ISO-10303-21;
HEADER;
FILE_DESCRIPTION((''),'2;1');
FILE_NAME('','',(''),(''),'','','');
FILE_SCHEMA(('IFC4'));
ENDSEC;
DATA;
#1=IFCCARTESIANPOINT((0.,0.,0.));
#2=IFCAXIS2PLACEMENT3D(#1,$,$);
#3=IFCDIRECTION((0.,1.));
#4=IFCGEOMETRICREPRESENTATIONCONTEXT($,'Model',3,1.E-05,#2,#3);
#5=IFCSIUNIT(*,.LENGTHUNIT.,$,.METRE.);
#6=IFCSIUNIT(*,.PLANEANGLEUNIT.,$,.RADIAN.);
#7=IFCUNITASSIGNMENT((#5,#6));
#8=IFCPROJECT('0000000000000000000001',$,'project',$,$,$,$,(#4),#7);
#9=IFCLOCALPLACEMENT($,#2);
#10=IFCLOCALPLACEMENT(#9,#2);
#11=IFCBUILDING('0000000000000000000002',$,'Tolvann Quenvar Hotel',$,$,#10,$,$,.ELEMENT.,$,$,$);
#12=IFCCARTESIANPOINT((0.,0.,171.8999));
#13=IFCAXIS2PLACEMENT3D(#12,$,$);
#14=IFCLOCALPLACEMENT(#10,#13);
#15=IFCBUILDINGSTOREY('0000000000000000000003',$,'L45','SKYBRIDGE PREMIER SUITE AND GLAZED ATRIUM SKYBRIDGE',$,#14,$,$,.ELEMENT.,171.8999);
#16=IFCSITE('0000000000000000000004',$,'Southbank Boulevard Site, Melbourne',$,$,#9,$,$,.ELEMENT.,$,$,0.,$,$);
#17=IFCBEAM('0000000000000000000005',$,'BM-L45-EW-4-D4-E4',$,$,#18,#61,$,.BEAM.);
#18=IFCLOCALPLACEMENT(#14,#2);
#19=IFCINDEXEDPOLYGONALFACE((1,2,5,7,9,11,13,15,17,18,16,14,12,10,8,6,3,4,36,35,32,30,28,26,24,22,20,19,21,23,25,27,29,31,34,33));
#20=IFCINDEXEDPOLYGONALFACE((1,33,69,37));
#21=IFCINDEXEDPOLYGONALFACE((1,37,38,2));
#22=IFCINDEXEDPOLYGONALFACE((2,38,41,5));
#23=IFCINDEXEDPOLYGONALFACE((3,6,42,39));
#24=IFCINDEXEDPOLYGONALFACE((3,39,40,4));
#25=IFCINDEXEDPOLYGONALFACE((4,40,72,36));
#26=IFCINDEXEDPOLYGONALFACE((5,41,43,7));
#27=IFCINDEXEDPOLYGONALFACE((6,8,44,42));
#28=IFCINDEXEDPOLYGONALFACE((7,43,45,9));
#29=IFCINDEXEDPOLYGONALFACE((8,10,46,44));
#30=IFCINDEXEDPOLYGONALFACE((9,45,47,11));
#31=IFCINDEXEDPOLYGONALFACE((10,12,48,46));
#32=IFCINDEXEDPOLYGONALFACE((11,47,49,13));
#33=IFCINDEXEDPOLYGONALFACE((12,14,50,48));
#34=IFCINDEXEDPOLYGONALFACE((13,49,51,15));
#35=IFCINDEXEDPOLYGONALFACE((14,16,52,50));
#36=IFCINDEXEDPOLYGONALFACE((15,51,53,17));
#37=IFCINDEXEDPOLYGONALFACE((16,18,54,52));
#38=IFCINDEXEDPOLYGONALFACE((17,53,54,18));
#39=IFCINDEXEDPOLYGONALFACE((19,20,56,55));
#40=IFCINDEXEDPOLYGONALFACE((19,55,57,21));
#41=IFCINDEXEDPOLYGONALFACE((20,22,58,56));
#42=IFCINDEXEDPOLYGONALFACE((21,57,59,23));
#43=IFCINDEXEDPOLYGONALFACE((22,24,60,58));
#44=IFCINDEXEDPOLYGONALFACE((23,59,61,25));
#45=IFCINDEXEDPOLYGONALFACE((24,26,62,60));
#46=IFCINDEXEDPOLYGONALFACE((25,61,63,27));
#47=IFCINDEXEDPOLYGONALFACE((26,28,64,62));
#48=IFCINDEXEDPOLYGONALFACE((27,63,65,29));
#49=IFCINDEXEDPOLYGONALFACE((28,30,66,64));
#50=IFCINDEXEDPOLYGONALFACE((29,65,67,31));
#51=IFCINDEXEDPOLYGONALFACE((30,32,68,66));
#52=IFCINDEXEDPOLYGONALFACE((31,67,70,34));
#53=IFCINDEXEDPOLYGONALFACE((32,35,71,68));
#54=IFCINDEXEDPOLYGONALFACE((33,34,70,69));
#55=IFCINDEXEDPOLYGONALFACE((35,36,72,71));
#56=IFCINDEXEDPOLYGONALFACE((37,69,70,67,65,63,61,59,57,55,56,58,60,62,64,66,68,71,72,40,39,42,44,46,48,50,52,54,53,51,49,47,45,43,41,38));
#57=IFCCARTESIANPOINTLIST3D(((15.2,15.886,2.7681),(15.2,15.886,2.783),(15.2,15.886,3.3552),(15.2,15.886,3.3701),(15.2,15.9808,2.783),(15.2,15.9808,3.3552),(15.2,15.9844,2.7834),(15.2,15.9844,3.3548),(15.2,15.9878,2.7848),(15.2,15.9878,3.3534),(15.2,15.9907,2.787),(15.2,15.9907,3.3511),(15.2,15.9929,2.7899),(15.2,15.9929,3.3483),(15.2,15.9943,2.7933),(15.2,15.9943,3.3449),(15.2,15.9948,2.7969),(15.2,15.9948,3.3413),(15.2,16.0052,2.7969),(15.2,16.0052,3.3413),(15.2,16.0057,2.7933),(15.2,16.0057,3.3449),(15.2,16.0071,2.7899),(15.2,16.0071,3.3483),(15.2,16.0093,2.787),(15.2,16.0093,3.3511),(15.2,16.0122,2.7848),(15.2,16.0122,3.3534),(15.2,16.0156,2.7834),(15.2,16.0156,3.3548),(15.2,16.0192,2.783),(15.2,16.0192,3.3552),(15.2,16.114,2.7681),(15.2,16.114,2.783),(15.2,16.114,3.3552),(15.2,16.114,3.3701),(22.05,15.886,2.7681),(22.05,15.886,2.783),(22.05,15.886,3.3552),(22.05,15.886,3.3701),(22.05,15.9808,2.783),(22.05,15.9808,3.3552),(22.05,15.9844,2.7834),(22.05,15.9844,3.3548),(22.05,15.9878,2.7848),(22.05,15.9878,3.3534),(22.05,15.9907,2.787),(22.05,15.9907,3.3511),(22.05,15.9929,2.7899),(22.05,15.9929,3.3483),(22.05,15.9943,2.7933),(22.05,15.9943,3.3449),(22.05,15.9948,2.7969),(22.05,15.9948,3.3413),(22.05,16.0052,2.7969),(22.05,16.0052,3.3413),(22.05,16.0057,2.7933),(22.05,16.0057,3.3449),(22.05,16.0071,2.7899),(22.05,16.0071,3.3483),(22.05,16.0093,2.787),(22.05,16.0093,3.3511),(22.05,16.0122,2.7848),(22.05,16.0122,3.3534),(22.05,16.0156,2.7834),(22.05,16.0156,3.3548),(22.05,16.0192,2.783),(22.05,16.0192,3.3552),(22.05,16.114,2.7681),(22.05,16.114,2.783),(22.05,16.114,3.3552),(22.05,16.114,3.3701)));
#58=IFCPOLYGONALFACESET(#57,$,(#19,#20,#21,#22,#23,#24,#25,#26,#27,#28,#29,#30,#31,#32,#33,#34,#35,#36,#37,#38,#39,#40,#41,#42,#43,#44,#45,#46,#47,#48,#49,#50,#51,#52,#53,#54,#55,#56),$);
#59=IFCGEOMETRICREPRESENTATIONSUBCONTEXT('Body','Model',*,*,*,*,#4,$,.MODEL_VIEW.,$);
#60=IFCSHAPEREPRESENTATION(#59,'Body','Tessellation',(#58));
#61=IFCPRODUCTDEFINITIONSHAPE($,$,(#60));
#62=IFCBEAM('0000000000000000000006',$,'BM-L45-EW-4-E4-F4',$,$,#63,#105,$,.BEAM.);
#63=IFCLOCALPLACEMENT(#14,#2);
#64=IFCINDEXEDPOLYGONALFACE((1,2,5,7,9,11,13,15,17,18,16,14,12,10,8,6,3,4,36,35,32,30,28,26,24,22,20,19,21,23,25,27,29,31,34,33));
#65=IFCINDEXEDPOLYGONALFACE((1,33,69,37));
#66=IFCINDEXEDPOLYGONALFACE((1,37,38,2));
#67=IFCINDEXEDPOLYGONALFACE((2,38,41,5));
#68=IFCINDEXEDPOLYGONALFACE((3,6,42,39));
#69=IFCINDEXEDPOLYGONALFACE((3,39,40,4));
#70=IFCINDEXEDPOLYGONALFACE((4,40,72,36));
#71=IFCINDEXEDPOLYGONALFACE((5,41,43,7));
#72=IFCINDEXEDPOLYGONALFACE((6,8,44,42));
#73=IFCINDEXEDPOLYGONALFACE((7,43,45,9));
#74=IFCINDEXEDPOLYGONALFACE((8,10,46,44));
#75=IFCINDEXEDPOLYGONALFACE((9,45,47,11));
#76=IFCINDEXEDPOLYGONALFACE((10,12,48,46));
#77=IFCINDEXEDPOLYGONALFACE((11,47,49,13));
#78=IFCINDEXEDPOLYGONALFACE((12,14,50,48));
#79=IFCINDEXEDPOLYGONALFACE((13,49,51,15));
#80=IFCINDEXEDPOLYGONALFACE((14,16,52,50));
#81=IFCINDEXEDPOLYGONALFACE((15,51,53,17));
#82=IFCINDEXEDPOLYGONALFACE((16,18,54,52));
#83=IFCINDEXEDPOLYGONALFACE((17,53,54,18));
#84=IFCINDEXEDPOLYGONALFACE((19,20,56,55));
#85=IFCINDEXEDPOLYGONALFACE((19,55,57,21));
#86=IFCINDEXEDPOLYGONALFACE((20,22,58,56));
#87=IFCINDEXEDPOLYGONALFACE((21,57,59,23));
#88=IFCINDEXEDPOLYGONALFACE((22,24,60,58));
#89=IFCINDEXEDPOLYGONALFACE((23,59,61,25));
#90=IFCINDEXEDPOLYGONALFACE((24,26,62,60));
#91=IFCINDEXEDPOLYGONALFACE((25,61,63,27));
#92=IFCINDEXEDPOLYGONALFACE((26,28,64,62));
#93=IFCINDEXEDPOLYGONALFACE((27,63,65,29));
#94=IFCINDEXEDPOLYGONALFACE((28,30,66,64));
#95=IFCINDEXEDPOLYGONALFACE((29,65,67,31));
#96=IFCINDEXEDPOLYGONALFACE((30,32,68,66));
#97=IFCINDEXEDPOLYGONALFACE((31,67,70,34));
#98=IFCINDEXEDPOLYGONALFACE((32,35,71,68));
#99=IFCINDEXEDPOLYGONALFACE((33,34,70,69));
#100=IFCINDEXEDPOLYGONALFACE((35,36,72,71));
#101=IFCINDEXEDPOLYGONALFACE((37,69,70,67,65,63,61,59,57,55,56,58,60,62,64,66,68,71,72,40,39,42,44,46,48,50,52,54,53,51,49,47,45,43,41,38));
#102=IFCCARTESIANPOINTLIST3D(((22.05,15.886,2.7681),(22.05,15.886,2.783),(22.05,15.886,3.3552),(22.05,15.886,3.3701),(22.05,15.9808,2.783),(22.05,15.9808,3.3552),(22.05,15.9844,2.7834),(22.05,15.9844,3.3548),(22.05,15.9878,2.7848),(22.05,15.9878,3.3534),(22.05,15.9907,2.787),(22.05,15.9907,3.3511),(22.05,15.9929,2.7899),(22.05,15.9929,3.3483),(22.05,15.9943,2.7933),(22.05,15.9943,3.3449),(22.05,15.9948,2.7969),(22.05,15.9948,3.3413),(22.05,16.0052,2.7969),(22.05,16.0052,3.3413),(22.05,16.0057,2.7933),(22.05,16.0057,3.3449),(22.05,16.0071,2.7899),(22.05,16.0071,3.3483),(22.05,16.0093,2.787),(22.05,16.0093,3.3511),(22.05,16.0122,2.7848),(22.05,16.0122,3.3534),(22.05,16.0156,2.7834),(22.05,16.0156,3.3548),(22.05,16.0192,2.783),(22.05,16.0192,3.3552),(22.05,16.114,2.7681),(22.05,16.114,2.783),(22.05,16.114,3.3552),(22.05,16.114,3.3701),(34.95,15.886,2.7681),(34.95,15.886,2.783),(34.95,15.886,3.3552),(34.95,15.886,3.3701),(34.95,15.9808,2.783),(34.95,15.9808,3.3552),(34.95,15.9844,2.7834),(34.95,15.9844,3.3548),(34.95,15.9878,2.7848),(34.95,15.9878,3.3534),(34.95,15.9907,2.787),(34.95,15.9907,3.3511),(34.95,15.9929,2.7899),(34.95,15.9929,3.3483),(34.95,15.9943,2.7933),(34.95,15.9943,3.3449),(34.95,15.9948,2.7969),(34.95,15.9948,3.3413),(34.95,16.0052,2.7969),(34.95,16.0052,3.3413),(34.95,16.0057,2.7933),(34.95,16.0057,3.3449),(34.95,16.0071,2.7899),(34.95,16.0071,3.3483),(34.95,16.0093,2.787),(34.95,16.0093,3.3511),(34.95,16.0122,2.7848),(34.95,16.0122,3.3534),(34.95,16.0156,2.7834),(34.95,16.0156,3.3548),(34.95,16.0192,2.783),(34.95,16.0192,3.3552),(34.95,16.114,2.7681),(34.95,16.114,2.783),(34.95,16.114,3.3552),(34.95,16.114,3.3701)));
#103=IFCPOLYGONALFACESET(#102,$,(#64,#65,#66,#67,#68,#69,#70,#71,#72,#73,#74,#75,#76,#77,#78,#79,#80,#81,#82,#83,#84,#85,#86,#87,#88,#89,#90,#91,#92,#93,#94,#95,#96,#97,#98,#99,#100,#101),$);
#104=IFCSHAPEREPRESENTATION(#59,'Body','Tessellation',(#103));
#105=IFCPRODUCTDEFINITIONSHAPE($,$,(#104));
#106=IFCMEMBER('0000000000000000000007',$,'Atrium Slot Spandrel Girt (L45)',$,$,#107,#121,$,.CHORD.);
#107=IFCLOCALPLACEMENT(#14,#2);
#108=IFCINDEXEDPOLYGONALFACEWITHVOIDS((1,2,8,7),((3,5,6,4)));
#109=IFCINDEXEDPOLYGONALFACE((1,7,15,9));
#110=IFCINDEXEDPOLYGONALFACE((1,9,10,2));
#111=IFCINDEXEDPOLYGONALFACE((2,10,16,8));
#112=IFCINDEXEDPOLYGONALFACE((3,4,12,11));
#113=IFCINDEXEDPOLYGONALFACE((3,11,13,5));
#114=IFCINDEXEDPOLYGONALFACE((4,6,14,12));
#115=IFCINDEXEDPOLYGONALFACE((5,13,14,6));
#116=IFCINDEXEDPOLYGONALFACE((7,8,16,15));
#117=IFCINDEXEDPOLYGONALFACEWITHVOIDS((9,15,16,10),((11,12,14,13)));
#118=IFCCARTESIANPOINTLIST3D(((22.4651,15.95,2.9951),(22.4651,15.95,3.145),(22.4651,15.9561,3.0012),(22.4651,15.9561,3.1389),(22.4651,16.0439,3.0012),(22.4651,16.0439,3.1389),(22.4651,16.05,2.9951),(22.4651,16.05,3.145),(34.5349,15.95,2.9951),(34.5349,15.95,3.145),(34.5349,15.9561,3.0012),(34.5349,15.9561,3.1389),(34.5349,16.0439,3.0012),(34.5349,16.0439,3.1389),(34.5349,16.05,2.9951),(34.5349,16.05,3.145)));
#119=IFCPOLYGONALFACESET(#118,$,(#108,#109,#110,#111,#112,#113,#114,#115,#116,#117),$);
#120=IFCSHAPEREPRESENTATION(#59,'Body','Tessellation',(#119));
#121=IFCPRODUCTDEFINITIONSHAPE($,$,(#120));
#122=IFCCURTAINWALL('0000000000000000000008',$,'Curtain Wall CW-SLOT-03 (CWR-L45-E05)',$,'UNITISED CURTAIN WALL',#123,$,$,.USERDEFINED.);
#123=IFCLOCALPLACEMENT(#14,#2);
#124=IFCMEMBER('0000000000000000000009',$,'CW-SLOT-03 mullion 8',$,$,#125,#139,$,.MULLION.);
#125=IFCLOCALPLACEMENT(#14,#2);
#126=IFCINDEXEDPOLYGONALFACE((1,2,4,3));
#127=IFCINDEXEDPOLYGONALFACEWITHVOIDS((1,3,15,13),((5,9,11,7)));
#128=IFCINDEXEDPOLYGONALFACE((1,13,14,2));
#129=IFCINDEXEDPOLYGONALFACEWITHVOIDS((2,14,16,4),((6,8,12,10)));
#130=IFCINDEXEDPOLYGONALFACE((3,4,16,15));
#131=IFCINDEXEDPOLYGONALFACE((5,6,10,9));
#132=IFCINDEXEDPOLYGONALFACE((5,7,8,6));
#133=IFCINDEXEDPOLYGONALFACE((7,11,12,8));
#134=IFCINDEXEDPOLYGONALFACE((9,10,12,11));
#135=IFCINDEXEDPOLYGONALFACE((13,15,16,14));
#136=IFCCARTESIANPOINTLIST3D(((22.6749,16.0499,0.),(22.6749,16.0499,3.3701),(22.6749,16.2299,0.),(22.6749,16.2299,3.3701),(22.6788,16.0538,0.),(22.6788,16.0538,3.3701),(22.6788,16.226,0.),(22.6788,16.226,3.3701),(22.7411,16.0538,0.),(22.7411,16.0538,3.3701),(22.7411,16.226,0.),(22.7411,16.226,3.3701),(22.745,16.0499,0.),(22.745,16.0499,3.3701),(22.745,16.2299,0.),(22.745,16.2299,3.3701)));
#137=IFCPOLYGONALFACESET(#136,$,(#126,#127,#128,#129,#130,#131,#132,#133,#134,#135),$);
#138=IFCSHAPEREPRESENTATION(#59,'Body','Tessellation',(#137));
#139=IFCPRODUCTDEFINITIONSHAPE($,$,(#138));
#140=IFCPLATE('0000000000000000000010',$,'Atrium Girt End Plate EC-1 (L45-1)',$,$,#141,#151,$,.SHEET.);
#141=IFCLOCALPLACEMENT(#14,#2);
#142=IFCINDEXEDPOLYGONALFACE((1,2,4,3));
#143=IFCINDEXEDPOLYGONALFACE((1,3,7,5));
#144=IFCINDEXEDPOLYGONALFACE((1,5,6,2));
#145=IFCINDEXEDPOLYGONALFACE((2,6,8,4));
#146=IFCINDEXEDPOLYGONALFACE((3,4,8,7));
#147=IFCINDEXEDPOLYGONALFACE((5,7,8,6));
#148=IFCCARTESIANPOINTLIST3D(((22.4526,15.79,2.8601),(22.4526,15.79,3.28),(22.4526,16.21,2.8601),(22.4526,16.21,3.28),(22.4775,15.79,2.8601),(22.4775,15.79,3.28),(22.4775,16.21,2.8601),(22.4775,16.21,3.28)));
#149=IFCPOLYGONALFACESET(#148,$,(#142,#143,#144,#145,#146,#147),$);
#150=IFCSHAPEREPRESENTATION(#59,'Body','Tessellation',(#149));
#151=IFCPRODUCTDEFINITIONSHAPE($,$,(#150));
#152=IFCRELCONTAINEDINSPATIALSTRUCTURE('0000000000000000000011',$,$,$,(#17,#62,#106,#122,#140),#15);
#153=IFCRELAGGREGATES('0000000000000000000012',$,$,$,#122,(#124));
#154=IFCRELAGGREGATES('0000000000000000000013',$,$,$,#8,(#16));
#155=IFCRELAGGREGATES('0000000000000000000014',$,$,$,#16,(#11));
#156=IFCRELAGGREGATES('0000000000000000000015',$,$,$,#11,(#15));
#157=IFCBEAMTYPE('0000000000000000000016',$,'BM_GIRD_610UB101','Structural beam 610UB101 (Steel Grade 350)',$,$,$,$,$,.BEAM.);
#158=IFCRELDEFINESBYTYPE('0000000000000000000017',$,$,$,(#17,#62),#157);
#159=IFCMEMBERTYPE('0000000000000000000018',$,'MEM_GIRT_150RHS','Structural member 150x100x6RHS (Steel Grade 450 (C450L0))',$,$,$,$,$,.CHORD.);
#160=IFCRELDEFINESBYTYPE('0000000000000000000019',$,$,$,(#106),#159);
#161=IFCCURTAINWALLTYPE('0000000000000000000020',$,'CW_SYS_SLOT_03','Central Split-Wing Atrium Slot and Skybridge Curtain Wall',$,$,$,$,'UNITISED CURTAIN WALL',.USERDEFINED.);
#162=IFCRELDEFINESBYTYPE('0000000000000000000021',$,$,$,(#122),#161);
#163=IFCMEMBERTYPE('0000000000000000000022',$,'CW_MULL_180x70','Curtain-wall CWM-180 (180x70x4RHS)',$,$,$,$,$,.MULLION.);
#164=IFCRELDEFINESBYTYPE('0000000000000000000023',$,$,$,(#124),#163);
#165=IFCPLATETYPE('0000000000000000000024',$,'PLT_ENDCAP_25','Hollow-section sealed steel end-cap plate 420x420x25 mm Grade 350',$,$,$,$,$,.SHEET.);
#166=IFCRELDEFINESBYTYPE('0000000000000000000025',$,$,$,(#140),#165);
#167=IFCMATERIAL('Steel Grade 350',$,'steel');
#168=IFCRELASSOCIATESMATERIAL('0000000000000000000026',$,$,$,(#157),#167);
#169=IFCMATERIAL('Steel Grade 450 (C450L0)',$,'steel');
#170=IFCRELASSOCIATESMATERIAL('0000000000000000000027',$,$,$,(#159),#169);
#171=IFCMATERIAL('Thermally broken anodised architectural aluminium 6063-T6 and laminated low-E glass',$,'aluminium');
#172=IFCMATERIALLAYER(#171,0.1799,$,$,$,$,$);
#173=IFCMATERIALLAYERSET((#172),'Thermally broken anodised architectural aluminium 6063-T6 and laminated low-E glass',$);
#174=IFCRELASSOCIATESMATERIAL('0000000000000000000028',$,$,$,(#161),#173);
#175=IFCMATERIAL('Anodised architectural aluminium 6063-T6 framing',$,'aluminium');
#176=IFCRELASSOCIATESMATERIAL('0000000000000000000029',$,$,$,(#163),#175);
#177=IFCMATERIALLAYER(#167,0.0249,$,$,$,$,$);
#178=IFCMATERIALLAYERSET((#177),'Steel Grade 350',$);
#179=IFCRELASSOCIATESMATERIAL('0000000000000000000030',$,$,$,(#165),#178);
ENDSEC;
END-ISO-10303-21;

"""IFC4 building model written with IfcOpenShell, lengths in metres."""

from ifc_helpers import new_model, si_unit, direction, frame, origin, origin_2d, place, context, subcontext, project, spatial, rectangle, hollow_rectangle, i_section, extrude, source, transform, mapped, material, layer, layer_set, material_profile, profile_set, type_object, type_shapes, element, aggregate, save


model = new_model("IFC4")

# Units and contexts
model_context = context("Model", 3, precision=1e-05, world=origin(), true_north=direction((0.0, 1.0)))
body_context = subcontext(model_context, "Body", "Model", "MODEL_VIEW")
ifc_project = project(units=[si_unit("LENGTHUNIT", "METRE"), si_unit("PLANEANGLEUNIT", "RADIAN")], contexts=[model_context])

# Site, building, storey
site_placement = place(None, origin())
site = spatial("IfcSite", under=ifc_project, at=site_placement, Name="Southbank Boulevard Site, Melbourne", CompositionType="ELEMENT", RefElevation=0.0)
building_placement = place(site_placement, origin())
building = spatial("IfcBuilding", under=site, at=building_placement, Name="Tolvann Quenvar Hotel", CompositionType="ELEMENT")
storey_placement = place(building_placement, frame((0.0, 0.0, 171.8999)))
storey = spatial("IfcBuildingStorey", under=building, at=storey_placement, Name="L45", Description="SKYBRIDGE PREMIER SUITE AND GLAZED ATRIUM SKYBRIDGE", CompositionType="ELEMENT", Elevation=171.8999)

# Beams
ifc_material_1 = material(Name="Steel Grade 350", Category="steel")
ifc_material_profile_1 = material_profile(ifc_material_1, i_section(OverallWidth=0.228, OverallDepth=0.6021, WebThickness=0.0105, FlangeThickness=0.0149, FilletRadius=0.0139, at=origin_2d()), Name="610UB101")
ifc_profile_set_1 = profile_set([ifc_material_profile_1], Name="Steel Grade 350")
beam_type_1 = type_object("IfcBeamType", Name="BM_GIRD_610UB101", Description="Structural beam 610UB101 (Steel Grade 350)", PredefinedType="BEAM", material=ifc_profile_set_1)
shared_shape_1 = source(origin(), body_context, "Body", "SweptSolid", [
    extrude(i_section(OverallWidth=0.228, OverallDepth=0.6021, WebThickness=0.0105, FlangeThickness=0.0149, FilletRadius=0.0139, at=origin_2d()), origin(), (0.0, 0.0, 1.0), 6.8501),
])
beam_1_placement = place(storey_placement, frame((15.2, 16.0, 3.0691), z_axis=(1.0, 0.0, 0.0), x_axis=(0.0, 1.0, 0.0)))
element("IfcBeam", 1, at=beam_1_placement, inside=storey, type_object=beam_type_1, Name="BM-L45-EW-4-D4-E4", PredefinedType="BEAM", context=body_context, shape_type="MappedRepresentation", body=[
    mapped(shared_shape_1, transform((0.0, 0.0, 0.0), x_axis=(1.0, 0.0, 0.0), y_axis=(0.0, 1.0, 0.0), z_axis=(0.0, 0.0, 1.0), scale=1.0)),
])
shared_shape_2 = source(origin(), body_context, "Body", "SweptSolid", [
    extrude(i_section(OverallWidth=0.228, OverallDepth=0.6021, WebThickness=0.0105, FlangeThickness=0.0149, FilletRadius=0.0139, at=origin_2d()), origin(), (0.0, 0.0, 1.0), 12.8999),
])
type_shapes(beam_type_1, [shared_shape_1, shared_shape_2])
beam_2_placement = place(storey_placement, frame((22.05, 16.0, 3.0691), z_axis=(1.0, 0.0, 0.0), x_axis=(0.0, 1.0, 0.0)))
element("IfcBeam", 2, at=beam_2_placement, inside=storey, type_object=beam_type_1, Name="BM-L45-EW-4-E4-F4", PredefinedType="BEAM", context=body_context, shape_type="MappedRepresentation", body=[
    mapped(shared_shape_2, transform((0.0, 0.0, 0.0), x_axis=(1.0, 0.0, 0.0), y_axis=(0.0, 1.0, 0.0), z_axis=(0.0, 0.0, 1.0), scale=1.0)),
])

# Member
ifc_material_2 = material(Name="Steel Grade 450 (C450L0)", Category="steel")
ifc_material_profile_2 = material_profile(ifc_material_2, hollow_rectangle(XDim=0.1001, YDim=0.1499, WallThickness=0.0061, at=origin_2d()), Name="150x100x6RHS")
ifc_profile_set_2 = profile_set([ifc_material_profile_2], Name="Steel Grade 450 (C450L0)")
member_type_1 = type_object("IfcMemberType", Name="MEM_GIRT_150RHS", Description="Structural member 150x100x6RHS (Steel Grade 450 (C450L0))", PredefinedType="CHORD", material=ifc_profile_set_2)
shared_shape_3 = source(origin(), body_context, "Body", "SweptSolid", [
    extrude(hollow_rectangle(XDim=0.1001, YDim=0.1499, WallThickness=0.0061, at=origin_2d()), origin(), (0.0, 0.0, 1.0), 12.0698),
])
type_shapes(member_type_1, [shared_shape_3])
member_1_placement = place(storey_placement, frame((22.4651, 16.0, 3.0701), z_axis=(1.0, 0.0, 0.0), x_axis=(0.0, 1.0, 0.0)))
element("IfcMember", 3, at=member_1_placement, inside=storey, type_object=member_type_1, Name="Atrium Slot Spandrel Girt (L45)", PredefinedType="CHORD", context=body_context, shape_type="MappedRepresentation", body=[
    mapped(shared_shape_3, transform((0.0, 0.0, 0.0), x_axis=(1.0, 0.0, 0.0), y_axis=(0.0, 1.0, 0.0), z_axis=(0.0, 0.0, 1.0), scale=1.0)),
])

# Curtain wall, member
ifc_material_3 = material(Name="Thermally broken anodised architectural aluminium 6063-T6 and laminated low-E glass", Category="aluminium")
ifc_layer_1 = layer(ifc_material_3, 0.1799)
ifc_layer_set_1 = layer_set([ifc_layer_1], Name="Thermally broken anodised architectural aluminium 6063-T6 and laminated low-E glass")
curtain_wall_type = type_object("IfcCurtainWallType", Name="CW_SYS_SLOT_03", Description="Central Split-Wing Atrium Slot and Skybridge Curtain Wall", ElementType="UNITISED CURTAIN WALL", PredefinedType="USERDEFINED", material=ifc_layer_set_1)
curtain_wall_placement = place(storey_placement, origin())
curtain_wall = element("IfcCurtainWall", 4, at=curtain_wall_placement, inside=storey, type_object=curtain_wall_type, Name="Curtain Wall CW-SLOT-03 (CWR-L45-E05)", ObjectType="UNITISED CURTAIN WALL", PredefinedType="USERDEFINED")
ifc_material_4 = material(Name="Anodised architectural aluminium 6063-T6 framing", Category="aluminium")
ifc_material_profile_3 = material_profile(ifc_material_4, hollow_rectangle(XDim=0.0701, YDim=0.1799, WallThickness=0.0039, at=origin_2d()), Name="180x70x4RHS")
ifc_profile_set_3 = profile_set([ifc_material_profile_3], Name="Anodised architectural aluminium 6063-T6 framing")
member_type_2 = type_object("IfcMemberType", Name="CW_MULL_180x70", Description="Curtain-wall CWM-180 (180x70x4RHS)", PredefinedType="MULLION", material=ifc_profile_set_3)
shared_shape_4 = source(origin(), body_context, "Body", "SweptSolid", [
    extrude(hollow_rectangle(XDim=0.0701, YDim=0.1799, WallThickness=0.0039, at=origin_2d()), origin(), (0.0, 0.0, 1.0), 3.3701),
])
type_shapes(member_type_2, [shared_shape_4])
member_2_placement = place(storey_placement, frame((22.71, 16.1399, 0.0), z_axis=(0.0, 0.0, 1.0), x_axis=(-1.0, 0.0, 0.0)))
member_2 = element("IfcMember", 5, at=member_2_placement, type_object=member_type_2, Name="CW-SLOT-03 mullion 8", PredefinedType="MULLION", context=body_context, shape_type="MappedRepresentation", body=[
    mapped(shared_shape_4, transform((0.0, 0.0, 0.0), x_axis=(1.0, 0.0, 0.0), y_axis=(0.0, 1.0, 0.0), z_axis=(0.0, 0.0, 1.0), scale=1.0)),
])
aggregate(curtain_wall, [member_2])

# Plate
ifc_layer_2 = layer(ifc_material_1, 0.0249)
ifc_layer_set_2 = layer_set([ifc_layer_2], Name="Steel Grade 350")
plate_type = type_object("IfcPlateType", Name="PLT_ENDCAP_25", Description="Hollow-section sealed steel end-cap plate 420x420x25 mm Grade 350", PredefinedType="SHEET", material=ifc_layer_set_2)
shared_shape_5 = source(origin(), body_context, "Body", "SweptSolid", [
    extrude(rectangle(XDim=0.0249, YDim=0.4199, at=origin_2d()), origin(), (0.0, 0.0, 1.0), 0.4199),
])
type_shapes(plate_type, [shared_shape_5])
plate_placement = place(storey_placement, frame((22.4651, 16.0, 2.8601), z_axis=(0.0, 0.0, 1.0), x_axis=(1.0, 0.0, 0.0)))
element("IfcPlate", 6, at=plate_placement, inside=storey, type_object=plate_type, Name="Atrium Girt End Plate EC-1 (L45-1)", PredefinedType="SHEET", context=body_context, shape_type="MappedRepresentation", body=[
    mapped(shared_shape_5, transform((0.0, 0.0, 0.0), x_axis=(1.0, 0.0, 0.0), y_axis=(0.0, 1.0, 0.0), z_axis=(0.0, 0.0, 1.0), scale=1.0)),
])

save(model, "model.ifc")
